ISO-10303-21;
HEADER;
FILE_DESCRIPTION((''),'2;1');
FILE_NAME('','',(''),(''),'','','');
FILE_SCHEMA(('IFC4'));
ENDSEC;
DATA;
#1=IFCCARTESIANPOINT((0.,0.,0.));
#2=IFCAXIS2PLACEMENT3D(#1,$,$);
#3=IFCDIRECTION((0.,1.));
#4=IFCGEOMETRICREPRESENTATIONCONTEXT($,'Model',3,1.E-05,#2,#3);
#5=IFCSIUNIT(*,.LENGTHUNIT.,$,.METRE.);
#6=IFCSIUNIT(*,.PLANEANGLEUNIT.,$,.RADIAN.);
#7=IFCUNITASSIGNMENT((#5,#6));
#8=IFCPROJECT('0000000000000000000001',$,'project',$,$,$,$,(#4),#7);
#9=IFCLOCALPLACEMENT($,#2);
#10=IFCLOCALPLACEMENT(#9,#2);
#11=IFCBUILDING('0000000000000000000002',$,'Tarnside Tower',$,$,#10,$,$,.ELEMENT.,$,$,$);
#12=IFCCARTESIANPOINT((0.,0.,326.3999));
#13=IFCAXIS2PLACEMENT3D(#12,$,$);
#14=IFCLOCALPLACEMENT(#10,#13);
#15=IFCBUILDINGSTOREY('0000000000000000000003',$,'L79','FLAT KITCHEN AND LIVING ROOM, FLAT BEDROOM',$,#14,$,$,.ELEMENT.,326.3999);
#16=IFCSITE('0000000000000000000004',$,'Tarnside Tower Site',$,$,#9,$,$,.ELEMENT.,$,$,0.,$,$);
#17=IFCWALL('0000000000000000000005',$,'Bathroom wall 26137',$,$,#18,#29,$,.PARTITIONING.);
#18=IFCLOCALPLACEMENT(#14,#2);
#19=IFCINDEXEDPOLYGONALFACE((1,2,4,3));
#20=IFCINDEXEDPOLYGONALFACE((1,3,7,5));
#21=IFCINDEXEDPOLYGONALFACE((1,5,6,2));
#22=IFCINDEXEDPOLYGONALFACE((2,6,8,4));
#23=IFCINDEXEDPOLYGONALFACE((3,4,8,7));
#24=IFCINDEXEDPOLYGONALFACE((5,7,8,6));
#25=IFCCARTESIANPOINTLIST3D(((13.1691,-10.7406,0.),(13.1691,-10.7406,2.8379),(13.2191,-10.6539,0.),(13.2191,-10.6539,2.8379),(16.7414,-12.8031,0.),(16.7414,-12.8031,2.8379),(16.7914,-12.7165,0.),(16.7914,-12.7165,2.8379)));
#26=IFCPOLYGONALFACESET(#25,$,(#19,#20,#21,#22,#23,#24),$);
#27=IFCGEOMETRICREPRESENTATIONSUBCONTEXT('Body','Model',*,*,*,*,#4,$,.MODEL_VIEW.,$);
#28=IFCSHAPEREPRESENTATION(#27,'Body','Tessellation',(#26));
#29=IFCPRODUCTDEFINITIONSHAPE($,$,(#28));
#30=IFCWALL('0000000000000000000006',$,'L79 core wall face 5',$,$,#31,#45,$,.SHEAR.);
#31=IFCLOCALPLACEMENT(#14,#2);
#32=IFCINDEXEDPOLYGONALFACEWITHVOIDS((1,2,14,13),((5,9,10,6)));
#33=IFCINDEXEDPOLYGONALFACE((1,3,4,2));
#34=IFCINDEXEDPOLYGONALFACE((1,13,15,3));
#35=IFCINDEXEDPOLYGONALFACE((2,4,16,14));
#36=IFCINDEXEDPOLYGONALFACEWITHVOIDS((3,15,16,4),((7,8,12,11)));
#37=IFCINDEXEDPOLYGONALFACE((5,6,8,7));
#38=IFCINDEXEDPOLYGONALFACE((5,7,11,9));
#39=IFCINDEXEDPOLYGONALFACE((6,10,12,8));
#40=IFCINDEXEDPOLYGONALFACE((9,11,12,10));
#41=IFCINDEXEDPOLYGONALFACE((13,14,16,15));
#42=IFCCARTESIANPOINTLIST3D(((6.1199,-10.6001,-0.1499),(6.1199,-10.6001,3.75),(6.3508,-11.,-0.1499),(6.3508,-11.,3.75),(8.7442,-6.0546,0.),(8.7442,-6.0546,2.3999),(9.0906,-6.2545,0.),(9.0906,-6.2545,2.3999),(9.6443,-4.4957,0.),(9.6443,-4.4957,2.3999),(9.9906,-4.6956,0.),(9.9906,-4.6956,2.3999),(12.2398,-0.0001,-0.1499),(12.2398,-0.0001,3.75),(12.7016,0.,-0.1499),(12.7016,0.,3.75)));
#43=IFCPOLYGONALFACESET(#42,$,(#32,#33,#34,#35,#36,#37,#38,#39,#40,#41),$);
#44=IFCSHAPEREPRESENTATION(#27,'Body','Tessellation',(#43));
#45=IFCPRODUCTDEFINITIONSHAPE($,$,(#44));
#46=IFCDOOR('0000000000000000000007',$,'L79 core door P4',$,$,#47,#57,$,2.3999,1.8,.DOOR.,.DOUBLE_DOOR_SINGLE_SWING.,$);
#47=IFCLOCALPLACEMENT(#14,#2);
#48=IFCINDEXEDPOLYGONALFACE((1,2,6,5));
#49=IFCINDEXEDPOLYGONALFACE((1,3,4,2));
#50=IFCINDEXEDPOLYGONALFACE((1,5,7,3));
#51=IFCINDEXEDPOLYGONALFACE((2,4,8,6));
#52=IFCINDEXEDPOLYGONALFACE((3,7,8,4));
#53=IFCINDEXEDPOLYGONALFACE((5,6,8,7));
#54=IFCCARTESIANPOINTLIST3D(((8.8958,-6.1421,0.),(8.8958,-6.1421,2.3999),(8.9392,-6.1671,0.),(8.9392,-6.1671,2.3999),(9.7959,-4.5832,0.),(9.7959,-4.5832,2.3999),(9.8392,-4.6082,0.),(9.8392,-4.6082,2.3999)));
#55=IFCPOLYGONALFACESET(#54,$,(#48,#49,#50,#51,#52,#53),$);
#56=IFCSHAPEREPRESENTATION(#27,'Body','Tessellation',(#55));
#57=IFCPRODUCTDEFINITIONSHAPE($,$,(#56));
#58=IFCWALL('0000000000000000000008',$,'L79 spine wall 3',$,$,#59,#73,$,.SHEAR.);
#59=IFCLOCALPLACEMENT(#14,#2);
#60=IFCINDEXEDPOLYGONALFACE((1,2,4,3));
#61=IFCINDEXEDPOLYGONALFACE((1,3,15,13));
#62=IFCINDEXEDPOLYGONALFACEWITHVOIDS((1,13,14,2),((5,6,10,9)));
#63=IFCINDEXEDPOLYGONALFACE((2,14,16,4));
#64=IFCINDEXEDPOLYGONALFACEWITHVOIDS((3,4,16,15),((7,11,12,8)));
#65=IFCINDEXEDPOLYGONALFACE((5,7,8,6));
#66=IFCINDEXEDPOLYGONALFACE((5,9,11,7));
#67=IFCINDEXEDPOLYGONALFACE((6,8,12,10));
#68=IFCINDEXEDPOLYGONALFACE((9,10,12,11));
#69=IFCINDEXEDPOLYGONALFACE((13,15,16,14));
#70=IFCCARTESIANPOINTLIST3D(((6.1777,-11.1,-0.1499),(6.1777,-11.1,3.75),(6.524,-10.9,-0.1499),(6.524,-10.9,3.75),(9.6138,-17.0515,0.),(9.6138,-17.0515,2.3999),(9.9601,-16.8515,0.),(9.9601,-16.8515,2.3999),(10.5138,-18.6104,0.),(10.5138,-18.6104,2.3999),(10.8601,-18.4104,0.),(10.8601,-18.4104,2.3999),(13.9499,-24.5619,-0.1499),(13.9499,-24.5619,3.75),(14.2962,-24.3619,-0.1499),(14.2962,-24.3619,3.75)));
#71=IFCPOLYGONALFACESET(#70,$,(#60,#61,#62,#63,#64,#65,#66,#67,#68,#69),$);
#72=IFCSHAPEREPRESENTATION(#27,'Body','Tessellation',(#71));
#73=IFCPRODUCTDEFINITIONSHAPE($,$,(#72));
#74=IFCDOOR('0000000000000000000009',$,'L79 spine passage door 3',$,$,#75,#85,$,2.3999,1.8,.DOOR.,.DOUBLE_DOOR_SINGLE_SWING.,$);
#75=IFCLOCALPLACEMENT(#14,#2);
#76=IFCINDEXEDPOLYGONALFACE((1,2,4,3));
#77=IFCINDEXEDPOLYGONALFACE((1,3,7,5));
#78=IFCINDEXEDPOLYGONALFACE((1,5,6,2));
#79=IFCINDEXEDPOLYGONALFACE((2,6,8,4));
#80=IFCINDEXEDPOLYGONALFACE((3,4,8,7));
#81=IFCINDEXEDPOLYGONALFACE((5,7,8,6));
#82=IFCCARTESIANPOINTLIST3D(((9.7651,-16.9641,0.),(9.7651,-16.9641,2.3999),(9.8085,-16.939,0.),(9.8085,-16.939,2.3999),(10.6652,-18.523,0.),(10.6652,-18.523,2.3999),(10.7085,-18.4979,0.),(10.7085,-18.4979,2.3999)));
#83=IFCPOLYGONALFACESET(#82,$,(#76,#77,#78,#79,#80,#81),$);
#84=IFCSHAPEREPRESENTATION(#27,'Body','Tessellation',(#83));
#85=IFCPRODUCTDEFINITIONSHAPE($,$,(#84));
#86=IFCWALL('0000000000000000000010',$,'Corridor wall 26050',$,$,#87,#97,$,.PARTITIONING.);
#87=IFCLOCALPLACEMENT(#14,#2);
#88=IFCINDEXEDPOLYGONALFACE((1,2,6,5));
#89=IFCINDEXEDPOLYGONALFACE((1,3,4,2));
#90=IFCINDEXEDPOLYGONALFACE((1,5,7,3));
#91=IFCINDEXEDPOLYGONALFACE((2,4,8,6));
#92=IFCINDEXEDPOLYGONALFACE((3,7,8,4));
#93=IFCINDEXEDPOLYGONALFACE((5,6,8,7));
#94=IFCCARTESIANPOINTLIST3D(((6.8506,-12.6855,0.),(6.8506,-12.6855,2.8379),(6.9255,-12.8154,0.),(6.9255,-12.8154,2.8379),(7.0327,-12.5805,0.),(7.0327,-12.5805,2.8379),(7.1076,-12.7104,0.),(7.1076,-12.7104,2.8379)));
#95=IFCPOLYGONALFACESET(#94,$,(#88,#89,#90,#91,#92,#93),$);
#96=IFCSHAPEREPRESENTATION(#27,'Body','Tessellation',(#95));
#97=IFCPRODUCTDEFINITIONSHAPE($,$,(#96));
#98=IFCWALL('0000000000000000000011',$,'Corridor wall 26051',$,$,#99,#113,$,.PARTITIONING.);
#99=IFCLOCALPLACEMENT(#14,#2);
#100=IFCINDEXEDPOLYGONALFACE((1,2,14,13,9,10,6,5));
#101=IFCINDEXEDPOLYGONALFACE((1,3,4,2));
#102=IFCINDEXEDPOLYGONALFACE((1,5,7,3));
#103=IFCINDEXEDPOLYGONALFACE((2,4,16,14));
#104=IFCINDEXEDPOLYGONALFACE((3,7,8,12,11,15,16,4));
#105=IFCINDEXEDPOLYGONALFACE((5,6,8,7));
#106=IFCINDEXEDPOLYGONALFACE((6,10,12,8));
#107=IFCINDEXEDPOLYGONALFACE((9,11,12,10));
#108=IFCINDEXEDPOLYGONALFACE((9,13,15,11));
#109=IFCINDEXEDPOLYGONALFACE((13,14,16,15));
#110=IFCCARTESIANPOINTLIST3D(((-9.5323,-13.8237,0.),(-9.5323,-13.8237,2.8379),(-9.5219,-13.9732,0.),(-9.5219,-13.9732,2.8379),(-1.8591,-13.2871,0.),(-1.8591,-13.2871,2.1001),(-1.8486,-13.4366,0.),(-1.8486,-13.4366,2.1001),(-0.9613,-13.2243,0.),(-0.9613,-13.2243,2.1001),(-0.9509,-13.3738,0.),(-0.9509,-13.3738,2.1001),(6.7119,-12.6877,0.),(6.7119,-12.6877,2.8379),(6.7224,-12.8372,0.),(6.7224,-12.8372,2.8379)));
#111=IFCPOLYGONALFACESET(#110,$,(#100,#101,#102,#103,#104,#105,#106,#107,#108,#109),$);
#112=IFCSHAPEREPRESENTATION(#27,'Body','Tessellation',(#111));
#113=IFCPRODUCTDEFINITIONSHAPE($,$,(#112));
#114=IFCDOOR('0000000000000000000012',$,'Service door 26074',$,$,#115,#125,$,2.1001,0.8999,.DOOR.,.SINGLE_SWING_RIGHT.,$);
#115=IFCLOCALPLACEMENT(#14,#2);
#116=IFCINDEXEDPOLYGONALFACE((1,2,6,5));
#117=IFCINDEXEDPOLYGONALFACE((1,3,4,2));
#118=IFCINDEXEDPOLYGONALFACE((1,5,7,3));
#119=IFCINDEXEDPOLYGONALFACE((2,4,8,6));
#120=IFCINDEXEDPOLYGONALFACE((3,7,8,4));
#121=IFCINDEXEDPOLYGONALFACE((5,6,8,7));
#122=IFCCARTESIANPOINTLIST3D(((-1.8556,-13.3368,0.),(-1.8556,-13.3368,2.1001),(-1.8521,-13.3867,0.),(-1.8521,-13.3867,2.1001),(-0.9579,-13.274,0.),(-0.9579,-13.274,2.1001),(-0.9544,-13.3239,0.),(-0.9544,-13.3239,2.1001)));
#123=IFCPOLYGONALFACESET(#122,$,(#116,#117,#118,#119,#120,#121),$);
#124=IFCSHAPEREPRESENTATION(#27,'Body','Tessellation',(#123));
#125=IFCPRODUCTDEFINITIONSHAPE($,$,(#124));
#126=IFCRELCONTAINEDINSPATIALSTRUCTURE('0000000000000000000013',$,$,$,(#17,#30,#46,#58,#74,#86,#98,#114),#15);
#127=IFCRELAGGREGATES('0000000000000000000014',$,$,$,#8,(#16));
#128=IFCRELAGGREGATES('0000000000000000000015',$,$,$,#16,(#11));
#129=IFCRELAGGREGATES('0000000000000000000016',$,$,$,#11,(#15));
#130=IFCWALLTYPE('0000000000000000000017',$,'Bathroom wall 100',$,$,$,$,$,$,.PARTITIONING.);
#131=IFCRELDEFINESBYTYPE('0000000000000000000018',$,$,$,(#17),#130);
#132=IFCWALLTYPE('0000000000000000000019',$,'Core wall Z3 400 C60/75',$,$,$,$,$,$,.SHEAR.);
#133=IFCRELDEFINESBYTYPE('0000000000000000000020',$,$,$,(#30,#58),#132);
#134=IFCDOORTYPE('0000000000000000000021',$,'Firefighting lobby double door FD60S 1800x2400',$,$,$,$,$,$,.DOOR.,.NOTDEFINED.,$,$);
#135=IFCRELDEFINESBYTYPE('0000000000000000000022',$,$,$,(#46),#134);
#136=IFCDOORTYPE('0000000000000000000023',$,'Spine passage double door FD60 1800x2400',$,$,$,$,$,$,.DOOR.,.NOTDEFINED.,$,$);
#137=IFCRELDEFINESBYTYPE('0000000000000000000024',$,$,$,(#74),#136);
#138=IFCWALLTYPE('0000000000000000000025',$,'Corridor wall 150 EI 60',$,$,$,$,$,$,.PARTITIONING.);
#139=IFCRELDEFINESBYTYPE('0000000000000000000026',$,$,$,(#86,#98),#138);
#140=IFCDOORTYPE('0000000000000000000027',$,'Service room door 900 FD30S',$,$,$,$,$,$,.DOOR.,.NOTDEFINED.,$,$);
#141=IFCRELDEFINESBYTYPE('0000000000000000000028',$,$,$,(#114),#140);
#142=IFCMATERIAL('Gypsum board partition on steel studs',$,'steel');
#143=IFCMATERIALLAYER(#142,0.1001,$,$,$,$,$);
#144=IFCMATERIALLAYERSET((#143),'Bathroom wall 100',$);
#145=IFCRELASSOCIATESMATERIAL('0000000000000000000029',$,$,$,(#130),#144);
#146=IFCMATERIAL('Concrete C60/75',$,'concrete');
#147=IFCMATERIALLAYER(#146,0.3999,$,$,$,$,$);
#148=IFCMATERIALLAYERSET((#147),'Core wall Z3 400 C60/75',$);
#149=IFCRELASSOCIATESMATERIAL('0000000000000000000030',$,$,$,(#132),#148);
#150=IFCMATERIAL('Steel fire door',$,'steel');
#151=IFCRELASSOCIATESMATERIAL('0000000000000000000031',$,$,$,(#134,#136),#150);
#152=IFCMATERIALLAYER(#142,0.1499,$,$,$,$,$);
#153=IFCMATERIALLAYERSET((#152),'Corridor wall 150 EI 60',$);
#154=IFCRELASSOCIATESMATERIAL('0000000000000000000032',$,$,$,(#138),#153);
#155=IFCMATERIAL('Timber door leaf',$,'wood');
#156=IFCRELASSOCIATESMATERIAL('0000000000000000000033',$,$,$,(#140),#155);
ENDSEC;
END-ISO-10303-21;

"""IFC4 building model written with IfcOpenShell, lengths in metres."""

from ifc_helpers import new_model, si_unit, direction, frame, frame_2d, origin, place, context, subcontext, project, spatial, polyline, rectangle, outline, extrude, material, layer, layer_set, type_object, element, fill, save


model = new_model("IFC4")

# Units and contexts
model_context = context("Model", 3, precision=1e-05, world=origin(), true_north=direction((0.0, 1.0)))
body_context = subcontext(model_context, "Body", "Model", "MODEL_VIEW")
ifc_project = project(units=[si_unit("LENGTHUNIT", "METRE"), si_unit("PLANEANGLEUNIT", "RADIAN")], contexts=[model_context])

# Site, building, storey
site_placement = place(None, origin())
site = spatial("IfcSite", under=ifc_project, at=site_placement, Name="Tarnside Tower Site", CompositionType="ELEMENT", RefElevation=0.0)
building_placement = place(site_placement, origin())
building = spatial("IfcBuilding", under=site, at=building_placement, Name="Tarnside Tower", CompositionType="ELEMENT")
storey_placement = place(building_placement, frame((0.0, 0.0, 326.3999)))
storey = spatial("IfcBuildingStorey", under=building, at=storey_placement, Name="L79", Description="FLAT KITCHEN AND LIVING ROOM, FLAT BEDROOM", CompositionType="ELEMENT", Elevation=326.3999)

# Wall
ifc_material_1 = material(Name="Gypsum board partition on steel studs", Category="steel")
ifc_layer_1 = layer(ifc_material_1, 0.1001)
ifc_layer_set_1 = layer_set([ifc_layer_1], Name="Bathroom wall 100")
wall_type_1 = type_object("IfcWallType", Name="Bathroom wall 100", PredefinedType="PARTITIONING", material=ifc_layer_set_1)
wall_1_placement = place(storey_placement, frame((13.1941, -10.6973, 0.0), z_axis=(0.0, 0.0, 1.0), x_axis=(0.86602, -0.500009, 0.0)))
element("IfcWall", 1, at=wall_1_placement, inside=storey, type_object=wall_type_1, Name="Bathroom wall 26137", PredefinedType="PARTITIONING", context=body_context, shape_type="SweptSolid", body=[
    extrude(rectangle(XDim=4.125, YDim=0.1001, at=frame_2d((2.0625, 0.0))), origin(), (0.0, 0.0, 1.0), 2.8379),
])

# Walls, openings, doors
ifc_material_2 = material(Name="Concrete C60/75", Category="concrete")
ifc_layer_2 = layer(ifc_material_2, 0.3999)
ifc_layer_set_2 = layer_set([ifc_layer_2], Name="Core wall Z3 400 C60/75")
wall_type_2 = type_object("IfcWallType", Name="Core wall Z3 400 C60/75", PredefinedType="SHEAR", material=ifc_layer_set_2)
wall_2_placement = place(storey_placement, frame((6.2354, -10.8, -0.1499), z_axis=(0.0, 0.0, 1.0), x_axis=(0.499996, 0.866027, 0.0)))
wall_2 = element("IfcWall", 2, at=wall_2_placement, inside=storey, type_object=wall_type_2, Name="L79 core wall face 5", PredefinedType="SHEAR", context=body_context, shape_type="SweptSolid", body=[
    extrude(outline(polyline([(-0.1155, -0.2), (12.5862, -0.2), (12.3552, 0.2), (0.1155, 0.2), (-0.1155, -0.2)])), origin(), (0.0, 0.0, 1.0), 3.8999),
])
opening_1_placement = place(wall_2_placement, frame((5.3643, 0.0, 0.1499)))
opening_1 = element("IfcOpeningElement", 3, at=opening_1_placement, cuts=wall_2, PredefinedType="OPENING", context=body_context, shape_type="SweptSolid", body=[
    extrude(rectangle(XDim=1.8, YDim=2.3999, at=frame_2d((0.8999, 1.2))), frame((0.0, 0.21, 0.0), z_axis=(0.0, -1.0, 0.0), x_axis=(1.0, 0.0, 0.0)), (0.0, 0.0, 1.0), 0.4199),
])
ifc_material_3 = material(Name="Steel fire door", Category="steel")
door_type_1 = type_object("IfcDoorType", Name="Firefighting lobby double door FD60S 1800x2400", OperationType="NOTDEFINED", PredefinedType="DOOR", material=ifc_material_3)
door_1_placement = place(opening_1_placement, origin())
door_1 = element("IfcDoor", 4, at=door_1_placement, inside=storey, type_object=door_type_1, Name="L79 core door P4", OperationType="DOUBLE_DOOR_SINGLE_SWING", OverallHeight=2.3999, OverallWidth=1.8, PredefinedType="DOOR", context=body_context, shape_type="SweptSolid", body=[
    extrude(rectangle(XDim=1.8, YDim=2.3999, at=frame_2d((0.8999, 1.2))), frame((0.0, 0.0249, 0.0), z_axis=(0.0, -1.0, 0.0), x_axis=(1.0, 0.0, 0.0)), (0.0, 0.0, 1.0), 0.05),
])
fill(opening_1, door_1)
wall_3_placement = place(storey_placement, frame((6.3508, -11.0, -0.1499), z_axis=(0.0, 0.0, 1.0), x_axis=(0.499999, -0.866026, 0.0)))
wall_3 = element("IfcWall", 5, at=wall_3_placement, inside=storey, type_object=wall_type_2, Name="L79 spine wall 3", PredefinedType="SHEAR", context=body_context, shape_type="SweptSolid", body=[
    extrude(rectangle(XDim=15.5444, YDim=0.3999, at=frame_2d((7.7722, 0.0))), origin(), (0.0, 0.0, 1.0), 3.8999),
])
opening_2_placement = place(wall_3_placement, frame((6.8723, 0.0, 0.1499)))
opening_2 = element("IfcOpeningElement", 6, at=opening_2_placement, cuts=wall_3, PredefinedType="OPENING", context=body_context, shape_type="SweptSolid", body=[
    extrude(rectangle(XDim=1.8, YDim=2.3999, at=frame_2d((0.8999, 1.2))), frame((0.0, 0.21, 0.0), z_axis=(0.0, -1.0, 0.0), x_axis=(1.0, 0.0, 0.0)), (0.0, 0.0, 1.0), 0.4199),
])
door_type_2 = type_object("IfcDoorType", Name="Spine passage double door FD60 1800x2400", OperationType="NOTDEFINED", PredefinedType="DOOR", material=ifc_material_3)
door_2_placement = place(opening_2_placement, origin())
door_2 = element("IfcDoor", 7, at=door_2_placement, inside=storey, type_object=door_type_2, Name="L79 spine passage door 3", OperationType="DOUBLE_DOOR_SINGLE_SWING", OverallHeight=2.3999, OverallWidth=1.8, PredefinedType="DOOR", context=body_context, shape_type="SweptSolid", body=[
    extrude(rectangle(XDim=1.8, YDim=2.3999, at=frame_2d((0.8999, 1.2))), frame((0.0, 0.0249, 0.0), z_axis=(0.0, -1.0, 0.0), x_axis=(1.0, 0.0, 0.0)), (0.0, 0.0, 1.0), 0.05),
])
fill(opening_2, door_2)

# Wall
ifc_layer_3 = layer(ifc_material_1, 0.1499)
ifc_layer_set_3 = layer_set([ifc_layer_3], Name="Corridor wall 150 EI 60")
wall_type_3 = type_object("IfcWallType", Name="Corridor wall 150 EI 60", PredefinedType="PARTITIONING", material=ifc_layer_set_3)
wall_4_placement = place(storey_placement, frame((7.0701, -12.6455, 0.0), z_axis=(0.0, 0.0, 1.0), x_axis=(-0.866379, -0.499387, 0.0)))
element("IfcWall", 8, at=wall_4_placement, inside=storey, type_object=wall_type_3, Name="Corridor wall 26050", PredefinedType="PARTITIONING", context=body_context, shape_type="SweptSolid", body=[
    extrude(rectangle(XDim=0.2102, YDim=0.1499, at=frame_2d((0.105, 0.0))), origin(), (0.0, 0.0, 1.0), 2.8379),
])

# Wall, opening, door
wall_5_placement = place(storey_placement, frame((6.7173, -12.7625, 0.0), z_axis=(0.0, 0.0, 1.0), x_axis=(-0.997564, -0.069761, 0.0)))
wall_5 = element("IfcWall", 9, at=wall_5_placement, inside=storey, type_object=wall_type_3, Name="Corridor wall 26051", PredefinedType="PARTITIONING", context=body_context, shape_type="SweptSolid", body=[
    extrude(rectangle(XDim=16.2839, YDim=0.1499, at=frame_2d((8.1421, 0.0))), origin(), (0.0, 0.0, 1.0), 2.8379),
])
opening_3_placement = place(wall_5_placement, frame((7.6921, 0.0, 0.0)))
opening_3 = element("IfcOpeningElement", 10, at=opening_3_placement, cuts=wall_5, PredefinedType="OPENING", context=body_context, shape_type="SweptSolid", body=[
    extrude(rectangle(XDim=0.8999, YDim=2.1001, at=frame_2d((0.45, 1.05))), frame((0.0, 0.085, 0.0), z_axis=(0.0, -1.0, 0.0), x_axis=(1.0, 0.0, 0.0)), (0.0, 0.0, 1.0), 0.1699),
])
ifc_material_4 = material(Name="Timber door leaf", Category="wood")
door_type_3 = type_object("IfcDoorType", Name="Service room door 900 FD30S", OperationType="NOTDEFINED", PredefinedType="DOOR", material=ifc_material_4)
door_3_placement = place(opening_3_placement, origin())
door_3 = element("IfcDoor", 11, at=door_3_placement, inside=storey, type_object=door_type_3, Name="Service door 26074", OperationType="SINGLE_SWING_RIGHT", OverallHeight=2.1001, OverallWidth=0.8999, PredefinedType="DOOR", context=body_context, shape_type="SweptSolid", body=[
    extrude(rectangle(XDim=0.8999, YDim=2.1001, at=frame_2d((0.45, 1.05))), frame((0.0, 0.0249, 0.0), z_axis=(0.0, -1.0, 0.0), x_axis=(1.0, 0.0, 0.0)), (0.0, 0.0, 1.0), 0.05),
])
fill(opening_3, door_3)

save(model, "model.ifc")
